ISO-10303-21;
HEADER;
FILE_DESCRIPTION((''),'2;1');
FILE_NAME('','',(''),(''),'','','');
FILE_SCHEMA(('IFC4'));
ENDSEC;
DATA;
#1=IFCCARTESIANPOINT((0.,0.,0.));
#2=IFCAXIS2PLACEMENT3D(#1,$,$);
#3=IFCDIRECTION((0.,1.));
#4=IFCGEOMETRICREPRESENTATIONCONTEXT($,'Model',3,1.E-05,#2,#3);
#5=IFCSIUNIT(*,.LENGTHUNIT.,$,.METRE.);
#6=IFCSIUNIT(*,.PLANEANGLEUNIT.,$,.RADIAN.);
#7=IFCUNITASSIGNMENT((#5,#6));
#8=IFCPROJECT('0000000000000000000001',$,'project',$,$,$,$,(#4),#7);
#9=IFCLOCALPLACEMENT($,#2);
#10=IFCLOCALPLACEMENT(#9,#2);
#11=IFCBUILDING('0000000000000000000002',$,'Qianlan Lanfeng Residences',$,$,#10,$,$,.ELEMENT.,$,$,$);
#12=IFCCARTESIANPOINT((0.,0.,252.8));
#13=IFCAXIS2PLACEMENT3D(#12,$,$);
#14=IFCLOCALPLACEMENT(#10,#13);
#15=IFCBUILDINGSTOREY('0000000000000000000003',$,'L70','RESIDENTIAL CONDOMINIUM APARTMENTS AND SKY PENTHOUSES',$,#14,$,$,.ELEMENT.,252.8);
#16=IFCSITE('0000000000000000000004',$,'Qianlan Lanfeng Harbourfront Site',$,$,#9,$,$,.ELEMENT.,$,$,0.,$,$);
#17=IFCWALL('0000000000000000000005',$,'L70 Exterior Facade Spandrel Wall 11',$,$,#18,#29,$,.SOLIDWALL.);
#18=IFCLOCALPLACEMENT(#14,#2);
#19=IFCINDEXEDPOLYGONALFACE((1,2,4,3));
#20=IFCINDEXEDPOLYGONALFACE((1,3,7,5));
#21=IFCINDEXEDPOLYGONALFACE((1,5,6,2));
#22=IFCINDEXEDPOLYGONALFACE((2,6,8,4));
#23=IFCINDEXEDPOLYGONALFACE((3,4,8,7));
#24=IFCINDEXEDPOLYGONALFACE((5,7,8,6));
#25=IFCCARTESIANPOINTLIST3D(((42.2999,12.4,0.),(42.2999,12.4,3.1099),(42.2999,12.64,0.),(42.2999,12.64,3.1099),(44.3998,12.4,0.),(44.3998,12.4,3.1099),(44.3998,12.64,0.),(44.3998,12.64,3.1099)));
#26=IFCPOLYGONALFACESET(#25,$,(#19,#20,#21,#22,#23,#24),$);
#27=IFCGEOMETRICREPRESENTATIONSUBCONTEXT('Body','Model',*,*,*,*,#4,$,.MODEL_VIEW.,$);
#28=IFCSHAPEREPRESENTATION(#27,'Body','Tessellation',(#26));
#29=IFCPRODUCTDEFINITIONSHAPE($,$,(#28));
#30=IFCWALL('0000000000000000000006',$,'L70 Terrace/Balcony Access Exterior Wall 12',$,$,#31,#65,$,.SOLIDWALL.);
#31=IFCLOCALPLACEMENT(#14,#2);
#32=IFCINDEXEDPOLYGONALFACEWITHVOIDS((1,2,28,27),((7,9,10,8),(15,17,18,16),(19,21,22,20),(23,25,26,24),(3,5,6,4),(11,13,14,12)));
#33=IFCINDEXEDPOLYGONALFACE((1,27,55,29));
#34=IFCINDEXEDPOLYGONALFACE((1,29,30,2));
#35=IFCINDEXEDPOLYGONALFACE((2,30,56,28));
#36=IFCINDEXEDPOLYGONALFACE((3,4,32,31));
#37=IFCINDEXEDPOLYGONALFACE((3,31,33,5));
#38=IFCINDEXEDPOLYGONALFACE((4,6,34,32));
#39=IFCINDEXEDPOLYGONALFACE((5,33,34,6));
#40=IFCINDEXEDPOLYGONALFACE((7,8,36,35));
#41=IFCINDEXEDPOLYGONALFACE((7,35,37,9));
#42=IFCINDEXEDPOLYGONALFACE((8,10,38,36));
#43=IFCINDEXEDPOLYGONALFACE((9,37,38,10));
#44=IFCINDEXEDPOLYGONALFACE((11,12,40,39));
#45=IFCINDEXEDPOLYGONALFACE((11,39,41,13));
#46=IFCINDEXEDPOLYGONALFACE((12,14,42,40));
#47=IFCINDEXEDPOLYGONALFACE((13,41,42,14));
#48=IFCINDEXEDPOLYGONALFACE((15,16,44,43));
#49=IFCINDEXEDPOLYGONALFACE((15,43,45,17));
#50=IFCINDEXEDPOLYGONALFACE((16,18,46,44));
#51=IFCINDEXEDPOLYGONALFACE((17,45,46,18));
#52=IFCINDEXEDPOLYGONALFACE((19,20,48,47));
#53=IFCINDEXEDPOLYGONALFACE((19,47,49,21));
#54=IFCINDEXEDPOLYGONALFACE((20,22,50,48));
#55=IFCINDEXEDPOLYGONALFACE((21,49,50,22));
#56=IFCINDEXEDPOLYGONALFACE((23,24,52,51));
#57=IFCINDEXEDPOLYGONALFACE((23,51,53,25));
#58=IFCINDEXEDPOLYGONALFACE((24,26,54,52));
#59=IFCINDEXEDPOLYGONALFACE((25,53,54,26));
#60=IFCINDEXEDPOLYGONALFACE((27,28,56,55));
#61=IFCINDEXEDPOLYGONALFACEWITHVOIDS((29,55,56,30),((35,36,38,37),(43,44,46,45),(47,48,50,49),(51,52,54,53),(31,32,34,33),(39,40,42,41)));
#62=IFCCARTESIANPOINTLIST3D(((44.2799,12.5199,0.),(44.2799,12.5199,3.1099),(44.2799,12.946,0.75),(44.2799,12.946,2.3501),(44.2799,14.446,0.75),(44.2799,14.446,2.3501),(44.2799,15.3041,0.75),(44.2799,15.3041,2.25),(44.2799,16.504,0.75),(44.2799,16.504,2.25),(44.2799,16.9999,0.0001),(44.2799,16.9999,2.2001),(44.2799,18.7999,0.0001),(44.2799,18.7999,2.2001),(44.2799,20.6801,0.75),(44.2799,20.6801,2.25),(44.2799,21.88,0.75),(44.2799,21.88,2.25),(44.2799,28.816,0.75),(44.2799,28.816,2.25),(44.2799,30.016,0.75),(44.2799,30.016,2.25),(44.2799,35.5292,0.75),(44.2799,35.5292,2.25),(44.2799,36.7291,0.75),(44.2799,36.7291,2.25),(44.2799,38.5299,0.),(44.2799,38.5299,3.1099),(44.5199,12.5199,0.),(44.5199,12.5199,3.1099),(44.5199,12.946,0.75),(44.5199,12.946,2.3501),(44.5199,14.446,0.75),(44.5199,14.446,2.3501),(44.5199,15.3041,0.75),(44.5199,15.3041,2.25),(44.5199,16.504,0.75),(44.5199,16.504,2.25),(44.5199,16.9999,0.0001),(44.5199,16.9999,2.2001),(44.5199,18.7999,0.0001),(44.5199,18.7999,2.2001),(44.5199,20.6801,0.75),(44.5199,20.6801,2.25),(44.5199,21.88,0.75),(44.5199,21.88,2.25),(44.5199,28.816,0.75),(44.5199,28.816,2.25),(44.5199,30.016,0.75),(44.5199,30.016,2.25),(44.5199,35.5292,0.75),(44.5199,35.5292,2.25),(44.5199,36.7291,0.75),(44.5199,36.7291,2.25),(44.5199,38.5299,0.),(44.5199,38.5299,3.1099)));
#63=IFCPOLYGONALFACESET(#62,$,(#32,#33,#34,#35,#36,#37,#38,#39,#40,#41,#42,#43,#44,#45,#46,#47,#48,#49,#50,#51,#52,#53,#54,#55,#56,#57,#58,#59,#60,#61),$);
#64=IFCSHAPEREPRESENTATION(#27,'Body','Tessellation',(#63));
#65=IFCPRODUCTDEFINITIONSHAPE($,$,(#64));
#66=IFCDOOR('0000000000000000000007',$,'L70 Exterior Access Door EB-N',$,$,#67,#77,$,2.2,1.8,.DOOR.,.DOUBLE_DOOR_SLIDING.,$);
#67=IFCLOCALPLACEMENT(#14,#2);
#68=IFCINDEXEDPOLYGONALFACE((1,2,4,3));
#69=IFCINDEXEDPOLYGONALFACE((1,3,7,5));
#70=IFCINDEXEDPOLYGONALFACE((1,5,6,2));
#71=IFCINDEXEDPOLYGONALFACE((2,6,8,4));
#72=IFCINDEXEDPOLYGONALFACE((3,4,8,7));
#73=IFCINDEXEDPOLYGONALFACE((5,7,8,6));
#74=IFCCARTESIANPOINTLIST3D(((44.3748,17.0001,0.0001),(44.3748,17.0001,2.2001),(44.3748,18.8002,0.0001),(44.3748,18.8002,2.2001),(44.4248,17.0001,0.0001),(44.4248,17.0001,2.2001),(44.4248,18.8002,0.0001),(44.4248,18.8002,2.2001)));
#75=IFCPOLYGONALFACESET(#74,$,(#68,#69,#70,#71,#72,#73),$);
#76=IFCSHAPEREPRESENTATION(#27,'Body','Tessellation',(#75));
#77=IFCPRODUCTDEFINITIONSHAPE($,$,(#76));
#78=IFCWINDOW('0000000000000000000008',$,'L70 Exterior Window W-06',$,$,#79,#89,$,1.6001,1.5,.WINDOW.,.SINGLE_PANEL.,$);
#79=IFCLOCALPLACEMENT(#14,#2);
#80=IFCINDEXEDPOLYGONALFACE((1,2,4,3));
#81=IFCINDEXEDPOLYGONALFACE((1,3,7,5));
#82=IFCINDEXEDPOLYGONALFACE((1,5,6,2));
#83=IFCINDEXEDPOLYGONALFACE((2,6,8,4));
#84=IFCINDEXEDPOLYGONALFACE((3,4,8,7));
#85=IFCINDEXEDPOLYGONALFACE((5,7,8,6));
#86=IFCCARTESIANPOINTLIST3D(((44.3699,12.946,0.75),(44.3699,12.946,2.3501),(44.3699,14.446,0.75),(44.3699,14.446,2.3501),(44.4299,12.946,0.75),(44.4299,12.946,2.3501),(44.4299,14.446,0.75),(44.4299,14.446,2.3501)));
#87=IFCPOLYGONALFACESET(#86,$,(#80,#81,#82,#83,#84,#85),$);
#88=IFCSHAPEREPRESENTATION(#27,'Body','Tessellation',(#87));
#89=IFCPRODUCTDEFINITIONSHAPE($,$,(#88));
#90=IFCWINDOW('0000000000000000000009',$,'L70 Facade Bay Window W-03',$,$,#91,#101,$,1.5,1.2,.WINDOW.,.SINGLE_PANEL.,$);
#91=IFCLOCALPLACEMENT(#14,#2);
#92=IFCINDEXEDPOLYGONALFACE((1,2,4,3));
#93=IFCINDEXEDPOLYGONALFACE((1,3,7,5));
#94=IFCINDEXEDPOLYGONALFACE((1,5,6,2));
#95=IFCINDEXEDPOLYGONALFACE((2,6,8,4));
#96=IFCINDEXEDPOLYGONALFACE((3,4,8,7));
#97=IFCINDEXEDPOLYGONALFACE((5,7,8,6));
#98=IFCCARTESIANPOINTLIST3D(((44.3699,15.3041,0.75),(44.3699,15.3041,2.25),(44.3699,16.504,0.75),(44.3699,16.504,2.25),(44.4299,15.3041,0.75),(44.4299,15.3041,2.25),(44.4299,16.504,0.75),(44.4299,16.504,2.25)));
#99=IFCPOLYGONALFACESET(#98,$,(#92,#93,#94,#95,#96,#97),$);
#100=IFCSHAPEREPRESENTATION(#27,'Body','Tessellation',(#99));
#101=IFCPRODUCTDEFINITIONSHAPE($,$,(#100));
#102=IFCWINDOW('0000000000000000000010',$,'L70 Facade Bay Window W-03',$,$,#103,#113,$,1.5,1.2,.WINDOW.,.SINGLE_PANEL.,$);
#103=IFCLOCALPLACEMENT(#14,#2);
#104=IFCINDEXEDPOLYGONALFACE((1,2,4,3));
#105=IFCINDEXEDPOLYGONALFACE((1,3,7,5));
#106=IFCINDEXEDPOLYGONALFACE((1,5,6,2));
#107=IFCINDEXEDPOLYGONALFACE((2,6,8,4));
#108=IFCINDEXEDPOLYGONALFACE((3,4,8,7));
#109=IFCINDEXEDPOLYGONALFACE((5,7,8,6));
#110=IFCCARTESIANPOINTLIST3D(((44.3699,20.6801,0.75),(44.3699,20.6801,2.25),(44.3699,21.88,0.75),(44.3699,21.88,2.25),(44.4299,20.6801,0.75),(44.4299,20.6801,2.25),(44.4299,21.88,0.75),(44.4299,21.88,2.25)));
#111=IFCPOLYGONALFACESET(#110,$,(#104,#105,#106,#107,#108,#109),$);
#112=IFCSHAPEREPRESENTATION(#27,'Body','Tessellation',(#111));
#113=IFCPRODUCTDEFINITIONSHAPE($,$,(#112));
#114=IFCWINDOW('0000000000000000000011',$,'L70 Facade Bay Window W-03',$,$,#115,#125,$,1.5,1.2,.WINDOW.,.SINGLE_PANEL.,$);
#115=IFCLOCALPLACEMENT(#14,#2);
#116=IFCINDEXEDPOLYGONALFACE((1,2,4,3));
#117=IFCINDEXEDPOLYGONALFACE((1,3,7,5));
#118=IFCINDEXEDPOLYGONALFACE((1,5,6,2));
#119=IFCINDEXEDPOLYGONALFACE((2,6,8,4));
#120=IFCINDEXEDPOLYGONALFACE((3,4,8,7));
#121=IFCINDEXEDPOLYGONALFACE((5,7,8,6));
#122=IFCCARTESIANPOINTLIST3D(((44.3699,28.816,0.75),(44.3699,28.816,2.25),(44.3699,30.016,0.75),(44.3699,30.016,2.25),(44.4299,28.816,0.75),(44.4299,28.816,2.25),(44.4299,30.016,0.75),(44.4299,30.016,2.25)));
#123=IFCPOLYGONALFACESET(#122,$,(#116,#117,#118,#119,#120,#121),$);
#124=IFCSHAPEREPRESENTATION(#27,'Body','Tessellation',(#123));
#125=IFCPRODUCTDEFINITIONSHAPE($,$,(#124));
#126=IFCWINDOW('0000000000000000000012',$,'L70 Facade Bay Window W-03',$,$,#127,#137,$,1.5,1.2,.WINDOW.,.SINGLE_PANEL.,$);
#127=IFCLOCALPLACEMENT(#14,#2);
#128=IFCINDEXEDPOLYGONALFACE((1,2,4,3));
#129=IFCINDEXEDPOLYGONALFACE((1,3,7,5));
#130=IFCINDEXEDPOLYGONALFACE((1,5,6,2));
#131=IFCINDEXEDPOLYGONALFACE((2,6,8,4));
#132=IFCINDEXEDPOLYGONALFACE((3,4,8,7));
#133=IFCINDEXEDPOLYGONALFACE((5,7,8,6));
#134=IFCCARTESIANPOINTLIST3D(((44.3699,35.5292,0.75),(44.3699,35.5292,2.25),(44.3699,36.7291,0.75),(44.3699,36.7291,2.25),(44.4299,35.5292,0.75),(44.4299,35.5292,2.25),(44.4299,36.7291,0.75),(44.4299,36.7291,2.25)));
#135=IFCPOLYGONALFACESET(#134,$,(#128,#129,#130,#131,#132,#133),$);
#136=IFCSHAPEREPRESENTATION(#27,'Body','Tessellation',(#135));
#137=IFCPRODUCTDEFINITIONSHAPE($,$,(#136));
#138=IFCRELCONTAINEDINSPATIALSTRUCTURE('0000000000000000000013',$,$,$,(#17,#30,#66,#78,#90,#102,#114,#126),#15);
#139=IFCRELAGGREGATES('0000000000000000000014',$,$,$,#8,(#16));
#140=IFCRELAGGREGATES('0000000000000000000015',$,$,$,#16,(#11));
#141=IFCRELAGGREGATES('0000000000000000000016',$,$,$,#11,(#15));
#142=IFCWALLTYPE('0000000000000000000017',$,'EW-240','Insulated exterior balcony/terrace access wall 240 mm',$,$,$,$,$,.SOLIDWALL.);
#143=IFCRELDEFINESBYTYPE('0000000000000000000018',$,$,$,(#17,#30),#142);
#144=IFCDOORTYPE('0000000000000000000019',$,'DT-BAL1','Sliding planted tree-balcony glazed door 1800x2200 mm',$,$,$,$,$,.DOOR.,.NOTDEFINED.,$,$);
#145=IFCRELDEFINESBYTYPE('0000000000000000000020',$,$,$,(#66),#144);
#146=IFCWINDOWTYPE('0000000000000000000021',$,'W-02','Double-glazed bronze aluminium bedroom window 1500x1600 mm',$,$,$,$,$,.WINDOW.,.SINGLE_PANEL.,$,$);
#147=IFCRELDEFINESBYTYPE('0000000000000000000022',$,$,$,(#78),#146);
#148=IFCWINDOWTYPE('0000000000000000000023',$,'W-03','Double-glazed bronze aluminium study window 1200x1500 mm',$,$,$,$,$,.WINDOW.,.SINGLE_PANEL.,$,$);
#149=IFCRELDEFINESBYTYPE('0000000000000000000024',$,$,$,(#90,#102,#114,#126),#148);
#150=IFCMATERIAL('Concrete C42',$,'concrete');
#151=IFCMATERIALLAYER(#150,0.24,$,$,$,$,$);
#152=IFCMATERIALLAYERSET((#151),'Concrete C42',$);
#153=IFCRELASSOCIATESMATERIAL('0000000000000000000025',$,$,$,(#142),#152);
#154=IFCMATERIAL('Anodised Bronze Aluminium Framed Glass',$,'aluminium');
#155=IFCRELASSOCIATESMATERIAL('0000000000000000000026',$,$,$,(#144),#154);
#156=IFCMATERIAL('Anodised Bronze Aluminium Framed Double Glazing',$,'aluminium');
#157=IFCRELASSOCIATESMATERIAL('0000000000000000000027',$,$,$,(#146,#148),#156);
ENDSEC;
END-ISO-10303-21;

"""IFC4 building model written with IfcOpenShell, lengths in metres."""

from ifc_helpers import new_model, si_unit, direction, frame, frame_2d, origin, place, context, subcontext, project, spatial, rectangle, extrude, material, layer, layer_set, type_object, element, fill, save


model = new_model("IFC4")

# Units and contexts
model_context = context("Model", 3, precision=1e-05, world=origin(), true_north=direction((0.0, 1.0)))
body_context = subcontext(model_context, "Body", "Model", "MODEL_VIEW")
ifc_project = project(units=[si_unit("LENGTHUNIT", "METRE"), si_unit("PLANEANGLEUNIT", "RADIAN")], contexts=[model_context])

# Site, building, storey
site_placement = place(None, origin())
site = spatial("IfcSite", under=ifc_project, at=site_placement, Name="Qianlan Lanfeng Harbourfront Site", CompositionType="ELEMENT", RefElevation=0.0)
building_placement = place(site_placement, origin())
building = spatial("IfcBuilding", under=site, at=building_placement, Name="Qianlan Lanfeng Residences", CompositionType="ELEMENT")
storey_placement = place(building_placement, frame((0.0, 0.0, 252.8)))
storey = spatial("IfcBuildingStorey", under=building, at=storey_placement, Name="L70", Description="RESIDENTIAL CONDOMINIUM APARTMENTS AND SKY PENTHOUSES", CompositionType="ELEMENT", Elevation=252.8)

# Wall
ifc_material_1 = material(Name="Concrete C42", Category="concrete")
ifc_layer_1 = layer(ifc_material_1, 0.24)
ifc_layer_set_1 = layer_set([ifc_layer_1], Name="Concrete C42")
wall_type_1 = type_object("IfcWallType", Name="EW-240", Description="Insulated exterior balcony/terrace access wall 240 mm", PredefinedType="SOLIDWALL", material=ifc_layer_set_1)
wall_1_placement = place(storey_placement, frame((42.3, 12.52, 0.0), z_axis=(0.0, 0.0, 1.0), x_axis=(1.0, 0.0, 0.0)))
element("IfcWall", 1, at=wall_1_placement, inside=storey, type_object=wall_type_1, Name="L70 Exterior Facade Spandrel Wall 11", PredefinedType="SOLIDWALL", context=body_context, shape_type="SweptSolid", body=[
    extrude(rectangle(XDim=2.0999, YDim=0.24, at=frame_2d((1.0498, 0.0))), origin(), (0.0, 0.0, 1.0), 3.1099),
])

# Wall, openings, door, windows
wall_2_placement = place(storey_placement, frame((44.3999, 12.52, 0.0), z_axis=(0.0, 0.0, 1.0), x_axis=(0.0, 1.0, 0.0)))
wall_2 = element("IfcWall", 2, at=wall_2_placement, inside=storey, type_object=wall_type_1, Name="L70 Terrace/Balcony Access Exterior Wall 12", PredefinedType="SOLIDWALL", context=body_context, shape_type="SweptSolid", body=[
    extrude(rectangle(XDim=26.01, YDim=0.24, at=frame_2d((13.0049, 0.0))), origin(), (0.0, 0.0, 1.0), 3.1099),
])
opening_1_placement = place(wall_2_placement, frame((4.48, 0.0, 0.0)))
opening_1 = element("IfcOpeningElement", 3, at=opening_1_placement, cuts=wall_2, PredefinedType="OPENING", context=body_context, shape_type="SweptSolid", body=[
    extrude(rectangle(XDim=1.8, YDim=2.2, at=frame_2d((0.8999, 1.1001))), frame((0.0, 0.1299, 0.0), z_axis=(0.0, -1.0, 0.0), x_axis=(1.0, 0.0, 0.0)), (0.0, 0.0, 1.0), 0.26),
])
opening_2_placement = place(wall_2_placement, frame((0.426, 0.0, 0.75)))
opening_2 = element("IfcOpeningElement", 4, at=opening_2_placement, cuts=wall_2, PredefinedType="OPENING", context=body_context, shape_type="SweptSolid", body=[
    extrude(rectangle(XDim=1.5, YDim=1.6001, at=frame_2d((0.75, 0.8))), frame((0.0, 0.1299, 0.0), z_axis=(0.0, -1.0, 0.0), x_axis=(1.0, 0.0, 0.0)), (0.0, 0.0, 1.0), 0.26),
])
opening_3_placement = place(wall_2_placement, frame((2.7839, 0.0, 0.75)))
opening_3 = element("IfcOpeningElement", 5, at=opening_3_placement, cuts=wall_2, PredefinedType="OPENING", context=body_context, shape_type="SweptSolid", body=[
    extrude(rectangle(XDim=1.2, YDim=1.5, at=frame_2d((0.6001, 0.75))), frame((0.0, 0.1299, 0.0), z_axis=(0.0, -1.0, 0.0), x_axis=(1.0, 0.0, 0.0)), (0.0, 0.0, 1.0), 0.26),
])
opening_4_placement = place(wall_2_placement, frame((8.1599, 0.0, 0.75)))
opening_4 = element("IfcOpeningElement", 6, at=opening_4_placement, cuts=wall_2, PredefinedType="OPENING", context=body_context, shape_type="SweptSolid", body=[
    extrude(rectangle(XDim=1.2, YDim=1.5, at=frame_2d((0.6001, 0.75))), frame((0.0, 0.1299, 0.0), z_axis=(0.0, -1.0, 0.0), x_axis=(1.0, 0.0, 0.0)), (0.0, 0.0, 1.0), 0.26),
])
opening_5_placement = place(wall_2_placement, frame((16.2959, 0.0, 0.75)))
opening_5 = element("IfcOpeningElement", 7, at=opening_5_placement, cuts=wall_2, PredefinedType="OPENING", context=body_context, shape_type="SweptSolid", body=[
    extrude(rectangle(XDim=1.2, YDim=1.5, at=frame_2d((0.6001, 0.75))), frame((0.0, 0.1299, 0.0), z_axis=(0.0, -1.0, 0.0), x_axis=(1.0, 0.0, 0.0)), (0.0, 0.0, 1.0), 0.26),
])
opening_6_placement = place(wall_2_placement, frame((23.009, 0.0, 0.75)))
opening_6 = element("IfcOpeningElement", 8, at=opening_6_placement, cuts=wall_2, PredefinedType="OPENING", context=body_context, shape_type="SweptSolid", body=[
    extrude(rectangle(XDim=1.2, YDim=1.5, at=frame_2d((0.6001, 0.75))), frame((0.0, 0.1299, 0.0), z_axis=(0.0, -1.0, 0.0), x_axis=(1.0, 0.0, 0.0)), (0.0, 0.0, 1.0), 0.26),
])
ifc_material_2 = material(Name="Anodised Bronze Aluminium Framed Glass", Category="aluminium")
door_type_1 = type_object("IfcDoorType", Name="DT-BAL1", Description="Sliding planted tree-balcony glazed door 1800x2200 mm", OperationType="NOTDEFINED", PredefinedType="DOOR", material=ifc_material_2)
door_1_placement = place(opening_1_placement, frame((1.8, 0.0, 0.0), z_axis=(0.0, 0.0, 1.0), x_axis=(-1.0, 0.0, 0.0)))
door_1 = element("IfcDoor", 9, at=door_1_placement, inside=storey, type_object=door_type_1, Name="L70 Exterior Access Door EB-N", OperationType="DOUBLE_DOOR_SLIDING", OverallHeight=2.2, OverallWidth=1.8, PredefinedType="DOOR", context=body_context, shape_type="SweptSolid", body=[
    extrude(rectangle(XDim=1.8, YDim=2.2, at=frame_2d((0.8999, 1.1001))), frame((0.0, 0.0249, 0.0), z_axis=(0.0, -1.0, 0.0), x_axis=(1.0, 0.0, 0.0)), (0.0, 0.0, 1.0), 0.05),
])
fill(opening_1, door_1)
ifc_material_3 = material(Name="Anodised Bronze Aluminium Framed Double Glazing", Category="aluminium")
window_type_1 = type_object("IfcWindowType", Name="W-02", Description="Double-glazed bronze aluminium bedroom window 1500x1600 mm", PartitioningType="SINGLE_PANEL", PredefinedType="WINDOW", material=ifc_material_3)
window_1_placement = place(opening_2_placement, origin())
window_1 = element("IfcWindow", 10, at=window_1_placement, inside=storey, type_object=window_type_1, Name="L70 Exterior Window W-06", OverallHeight=1.6001, OverallWidth=1.5, PartitioningType="SINGLE_PANEL", PredefinedType="WINDOW", context=body_context, shape_type="SweptSolid", body=[
    extrude(rectangle(XDim=1.5, YDim=1.6001, at=frame_2d((0.75, 0.8))), frame((0.0, 0.03, 0.0), z_axis=(0.0, -1.0, 0.0), x_axis=(1.0, 0.0, 0.0)), (0.0, 0.0, 1.0), 0.0601),
])
fill(opening_2, window_1)
window_type_2 = type_object("IfcWindowType", Name="W-03", Description="Double-glazed bronze aluminium study window 1200x1500 mm", PartitioningType="SINGLE_PANEL", PredefinedType="WINDOW", material=ifc_material_3)
window_2_placement = place(opening_3_placement, origin())
window_2 = element("IfcWindow", 11, at=window_2_placement, inside=storey, type_object=window_type_2, Name="L70 Facade Bay Window W-03", OverallHeight=1.5, OverallWidth=1.2, PartitioningType="SINGLE_PANEL", PredefinedType="WINDOW", context=body_context, shape_type="SweptSolid", body=[
    extrude(rectangle(XDim=1.2, YDim=1.5, at=frame_2d((0.6001, 0.75))), frame((0.0, 0.03, 0.0), z_axis=(0.0, -1.0, 0.0), x_axis=(1.0, 0.0, 0.0)), (0.0, 0.0, 1.0), 0.0601),
])
fill(opening_3, window_2)
window_3_placement = place(opening_4_placement, origin())
window_3 = element("IfcWindow", 12, at=window_3_placement, inside=storey, type_object=window_type_2, Name="L70 Facade Bay Window W-03", OverallHeight=1.5, OverallWidth=1.2, PartitioningType="SINGLE_PANEL", PredefinedType="WINDOW", context=body_context, shape_type="SweptSolid", body=[
    extrude(rectangle(XDim=1.2, YDim=1.5, at=frame_2d((0.6001, 0.75))), frame((0.0, 0.03, 0.0), z_axis=(0.0, -1.0, 0.0), x_axis=(1.0, 0.0, 0.0)), (0.0, 0.0, 1.0), 0.0601),
])
fill(opening_4, window_3)
window_4_placement = place(opening_5_placement, origin())
window_4 = element("IfcWindow", 13, at=window_4_placement, inside=storey, type_object=window_type_2, Name="L70 Facade Bay Window W-03", OverallHeight=1.5, OverallWidth=1.2, PartitioningType="SINGLE_PANEL", PredefinedType="WINDOW", context=body_context, shape_type="SweptSolid", body=[
    extrude(rectangle(XDim=1.2, YDim=1.5, at=frame_2d((0.6001, 0.75))), frame((0.0, 0.03, 0.0), z_axis=(0.0, -1.0, 0.0), x_axis=(1.0, 0.0, 0.0)), (0.0, 0.0, 1.0), 0.0601),
])
fill(opening_5, window_4)
window_5_placement = place(opening_6_placement, origin())
window_5 = element("IfcWindow", 14, at=window_5_placement, inside=storey, type_object=window_type_2, Name="L70 Facade Bay Window W-03", OverallHeight=1.5, OverallWidth=1.2, PartitioningType="SINGLE_PANEL", PredefinedType="WINDOW", context=body_context, shape_type="SweptSolid", body=[
    extrude(rectangle(XDim=1.2, YDim=1.5, at=frame_2d((0.6001, 0.75))), frame((0.0, 0.03, 0.0), z_axis=(0.0, -1.0, 0.0), x_axis=(1.0, 0.0, 0.0)), (0.0, 0.0, 1.0), 0.0601),
])
fill(opening_6, window_5)

save(model, "model.ifc")
